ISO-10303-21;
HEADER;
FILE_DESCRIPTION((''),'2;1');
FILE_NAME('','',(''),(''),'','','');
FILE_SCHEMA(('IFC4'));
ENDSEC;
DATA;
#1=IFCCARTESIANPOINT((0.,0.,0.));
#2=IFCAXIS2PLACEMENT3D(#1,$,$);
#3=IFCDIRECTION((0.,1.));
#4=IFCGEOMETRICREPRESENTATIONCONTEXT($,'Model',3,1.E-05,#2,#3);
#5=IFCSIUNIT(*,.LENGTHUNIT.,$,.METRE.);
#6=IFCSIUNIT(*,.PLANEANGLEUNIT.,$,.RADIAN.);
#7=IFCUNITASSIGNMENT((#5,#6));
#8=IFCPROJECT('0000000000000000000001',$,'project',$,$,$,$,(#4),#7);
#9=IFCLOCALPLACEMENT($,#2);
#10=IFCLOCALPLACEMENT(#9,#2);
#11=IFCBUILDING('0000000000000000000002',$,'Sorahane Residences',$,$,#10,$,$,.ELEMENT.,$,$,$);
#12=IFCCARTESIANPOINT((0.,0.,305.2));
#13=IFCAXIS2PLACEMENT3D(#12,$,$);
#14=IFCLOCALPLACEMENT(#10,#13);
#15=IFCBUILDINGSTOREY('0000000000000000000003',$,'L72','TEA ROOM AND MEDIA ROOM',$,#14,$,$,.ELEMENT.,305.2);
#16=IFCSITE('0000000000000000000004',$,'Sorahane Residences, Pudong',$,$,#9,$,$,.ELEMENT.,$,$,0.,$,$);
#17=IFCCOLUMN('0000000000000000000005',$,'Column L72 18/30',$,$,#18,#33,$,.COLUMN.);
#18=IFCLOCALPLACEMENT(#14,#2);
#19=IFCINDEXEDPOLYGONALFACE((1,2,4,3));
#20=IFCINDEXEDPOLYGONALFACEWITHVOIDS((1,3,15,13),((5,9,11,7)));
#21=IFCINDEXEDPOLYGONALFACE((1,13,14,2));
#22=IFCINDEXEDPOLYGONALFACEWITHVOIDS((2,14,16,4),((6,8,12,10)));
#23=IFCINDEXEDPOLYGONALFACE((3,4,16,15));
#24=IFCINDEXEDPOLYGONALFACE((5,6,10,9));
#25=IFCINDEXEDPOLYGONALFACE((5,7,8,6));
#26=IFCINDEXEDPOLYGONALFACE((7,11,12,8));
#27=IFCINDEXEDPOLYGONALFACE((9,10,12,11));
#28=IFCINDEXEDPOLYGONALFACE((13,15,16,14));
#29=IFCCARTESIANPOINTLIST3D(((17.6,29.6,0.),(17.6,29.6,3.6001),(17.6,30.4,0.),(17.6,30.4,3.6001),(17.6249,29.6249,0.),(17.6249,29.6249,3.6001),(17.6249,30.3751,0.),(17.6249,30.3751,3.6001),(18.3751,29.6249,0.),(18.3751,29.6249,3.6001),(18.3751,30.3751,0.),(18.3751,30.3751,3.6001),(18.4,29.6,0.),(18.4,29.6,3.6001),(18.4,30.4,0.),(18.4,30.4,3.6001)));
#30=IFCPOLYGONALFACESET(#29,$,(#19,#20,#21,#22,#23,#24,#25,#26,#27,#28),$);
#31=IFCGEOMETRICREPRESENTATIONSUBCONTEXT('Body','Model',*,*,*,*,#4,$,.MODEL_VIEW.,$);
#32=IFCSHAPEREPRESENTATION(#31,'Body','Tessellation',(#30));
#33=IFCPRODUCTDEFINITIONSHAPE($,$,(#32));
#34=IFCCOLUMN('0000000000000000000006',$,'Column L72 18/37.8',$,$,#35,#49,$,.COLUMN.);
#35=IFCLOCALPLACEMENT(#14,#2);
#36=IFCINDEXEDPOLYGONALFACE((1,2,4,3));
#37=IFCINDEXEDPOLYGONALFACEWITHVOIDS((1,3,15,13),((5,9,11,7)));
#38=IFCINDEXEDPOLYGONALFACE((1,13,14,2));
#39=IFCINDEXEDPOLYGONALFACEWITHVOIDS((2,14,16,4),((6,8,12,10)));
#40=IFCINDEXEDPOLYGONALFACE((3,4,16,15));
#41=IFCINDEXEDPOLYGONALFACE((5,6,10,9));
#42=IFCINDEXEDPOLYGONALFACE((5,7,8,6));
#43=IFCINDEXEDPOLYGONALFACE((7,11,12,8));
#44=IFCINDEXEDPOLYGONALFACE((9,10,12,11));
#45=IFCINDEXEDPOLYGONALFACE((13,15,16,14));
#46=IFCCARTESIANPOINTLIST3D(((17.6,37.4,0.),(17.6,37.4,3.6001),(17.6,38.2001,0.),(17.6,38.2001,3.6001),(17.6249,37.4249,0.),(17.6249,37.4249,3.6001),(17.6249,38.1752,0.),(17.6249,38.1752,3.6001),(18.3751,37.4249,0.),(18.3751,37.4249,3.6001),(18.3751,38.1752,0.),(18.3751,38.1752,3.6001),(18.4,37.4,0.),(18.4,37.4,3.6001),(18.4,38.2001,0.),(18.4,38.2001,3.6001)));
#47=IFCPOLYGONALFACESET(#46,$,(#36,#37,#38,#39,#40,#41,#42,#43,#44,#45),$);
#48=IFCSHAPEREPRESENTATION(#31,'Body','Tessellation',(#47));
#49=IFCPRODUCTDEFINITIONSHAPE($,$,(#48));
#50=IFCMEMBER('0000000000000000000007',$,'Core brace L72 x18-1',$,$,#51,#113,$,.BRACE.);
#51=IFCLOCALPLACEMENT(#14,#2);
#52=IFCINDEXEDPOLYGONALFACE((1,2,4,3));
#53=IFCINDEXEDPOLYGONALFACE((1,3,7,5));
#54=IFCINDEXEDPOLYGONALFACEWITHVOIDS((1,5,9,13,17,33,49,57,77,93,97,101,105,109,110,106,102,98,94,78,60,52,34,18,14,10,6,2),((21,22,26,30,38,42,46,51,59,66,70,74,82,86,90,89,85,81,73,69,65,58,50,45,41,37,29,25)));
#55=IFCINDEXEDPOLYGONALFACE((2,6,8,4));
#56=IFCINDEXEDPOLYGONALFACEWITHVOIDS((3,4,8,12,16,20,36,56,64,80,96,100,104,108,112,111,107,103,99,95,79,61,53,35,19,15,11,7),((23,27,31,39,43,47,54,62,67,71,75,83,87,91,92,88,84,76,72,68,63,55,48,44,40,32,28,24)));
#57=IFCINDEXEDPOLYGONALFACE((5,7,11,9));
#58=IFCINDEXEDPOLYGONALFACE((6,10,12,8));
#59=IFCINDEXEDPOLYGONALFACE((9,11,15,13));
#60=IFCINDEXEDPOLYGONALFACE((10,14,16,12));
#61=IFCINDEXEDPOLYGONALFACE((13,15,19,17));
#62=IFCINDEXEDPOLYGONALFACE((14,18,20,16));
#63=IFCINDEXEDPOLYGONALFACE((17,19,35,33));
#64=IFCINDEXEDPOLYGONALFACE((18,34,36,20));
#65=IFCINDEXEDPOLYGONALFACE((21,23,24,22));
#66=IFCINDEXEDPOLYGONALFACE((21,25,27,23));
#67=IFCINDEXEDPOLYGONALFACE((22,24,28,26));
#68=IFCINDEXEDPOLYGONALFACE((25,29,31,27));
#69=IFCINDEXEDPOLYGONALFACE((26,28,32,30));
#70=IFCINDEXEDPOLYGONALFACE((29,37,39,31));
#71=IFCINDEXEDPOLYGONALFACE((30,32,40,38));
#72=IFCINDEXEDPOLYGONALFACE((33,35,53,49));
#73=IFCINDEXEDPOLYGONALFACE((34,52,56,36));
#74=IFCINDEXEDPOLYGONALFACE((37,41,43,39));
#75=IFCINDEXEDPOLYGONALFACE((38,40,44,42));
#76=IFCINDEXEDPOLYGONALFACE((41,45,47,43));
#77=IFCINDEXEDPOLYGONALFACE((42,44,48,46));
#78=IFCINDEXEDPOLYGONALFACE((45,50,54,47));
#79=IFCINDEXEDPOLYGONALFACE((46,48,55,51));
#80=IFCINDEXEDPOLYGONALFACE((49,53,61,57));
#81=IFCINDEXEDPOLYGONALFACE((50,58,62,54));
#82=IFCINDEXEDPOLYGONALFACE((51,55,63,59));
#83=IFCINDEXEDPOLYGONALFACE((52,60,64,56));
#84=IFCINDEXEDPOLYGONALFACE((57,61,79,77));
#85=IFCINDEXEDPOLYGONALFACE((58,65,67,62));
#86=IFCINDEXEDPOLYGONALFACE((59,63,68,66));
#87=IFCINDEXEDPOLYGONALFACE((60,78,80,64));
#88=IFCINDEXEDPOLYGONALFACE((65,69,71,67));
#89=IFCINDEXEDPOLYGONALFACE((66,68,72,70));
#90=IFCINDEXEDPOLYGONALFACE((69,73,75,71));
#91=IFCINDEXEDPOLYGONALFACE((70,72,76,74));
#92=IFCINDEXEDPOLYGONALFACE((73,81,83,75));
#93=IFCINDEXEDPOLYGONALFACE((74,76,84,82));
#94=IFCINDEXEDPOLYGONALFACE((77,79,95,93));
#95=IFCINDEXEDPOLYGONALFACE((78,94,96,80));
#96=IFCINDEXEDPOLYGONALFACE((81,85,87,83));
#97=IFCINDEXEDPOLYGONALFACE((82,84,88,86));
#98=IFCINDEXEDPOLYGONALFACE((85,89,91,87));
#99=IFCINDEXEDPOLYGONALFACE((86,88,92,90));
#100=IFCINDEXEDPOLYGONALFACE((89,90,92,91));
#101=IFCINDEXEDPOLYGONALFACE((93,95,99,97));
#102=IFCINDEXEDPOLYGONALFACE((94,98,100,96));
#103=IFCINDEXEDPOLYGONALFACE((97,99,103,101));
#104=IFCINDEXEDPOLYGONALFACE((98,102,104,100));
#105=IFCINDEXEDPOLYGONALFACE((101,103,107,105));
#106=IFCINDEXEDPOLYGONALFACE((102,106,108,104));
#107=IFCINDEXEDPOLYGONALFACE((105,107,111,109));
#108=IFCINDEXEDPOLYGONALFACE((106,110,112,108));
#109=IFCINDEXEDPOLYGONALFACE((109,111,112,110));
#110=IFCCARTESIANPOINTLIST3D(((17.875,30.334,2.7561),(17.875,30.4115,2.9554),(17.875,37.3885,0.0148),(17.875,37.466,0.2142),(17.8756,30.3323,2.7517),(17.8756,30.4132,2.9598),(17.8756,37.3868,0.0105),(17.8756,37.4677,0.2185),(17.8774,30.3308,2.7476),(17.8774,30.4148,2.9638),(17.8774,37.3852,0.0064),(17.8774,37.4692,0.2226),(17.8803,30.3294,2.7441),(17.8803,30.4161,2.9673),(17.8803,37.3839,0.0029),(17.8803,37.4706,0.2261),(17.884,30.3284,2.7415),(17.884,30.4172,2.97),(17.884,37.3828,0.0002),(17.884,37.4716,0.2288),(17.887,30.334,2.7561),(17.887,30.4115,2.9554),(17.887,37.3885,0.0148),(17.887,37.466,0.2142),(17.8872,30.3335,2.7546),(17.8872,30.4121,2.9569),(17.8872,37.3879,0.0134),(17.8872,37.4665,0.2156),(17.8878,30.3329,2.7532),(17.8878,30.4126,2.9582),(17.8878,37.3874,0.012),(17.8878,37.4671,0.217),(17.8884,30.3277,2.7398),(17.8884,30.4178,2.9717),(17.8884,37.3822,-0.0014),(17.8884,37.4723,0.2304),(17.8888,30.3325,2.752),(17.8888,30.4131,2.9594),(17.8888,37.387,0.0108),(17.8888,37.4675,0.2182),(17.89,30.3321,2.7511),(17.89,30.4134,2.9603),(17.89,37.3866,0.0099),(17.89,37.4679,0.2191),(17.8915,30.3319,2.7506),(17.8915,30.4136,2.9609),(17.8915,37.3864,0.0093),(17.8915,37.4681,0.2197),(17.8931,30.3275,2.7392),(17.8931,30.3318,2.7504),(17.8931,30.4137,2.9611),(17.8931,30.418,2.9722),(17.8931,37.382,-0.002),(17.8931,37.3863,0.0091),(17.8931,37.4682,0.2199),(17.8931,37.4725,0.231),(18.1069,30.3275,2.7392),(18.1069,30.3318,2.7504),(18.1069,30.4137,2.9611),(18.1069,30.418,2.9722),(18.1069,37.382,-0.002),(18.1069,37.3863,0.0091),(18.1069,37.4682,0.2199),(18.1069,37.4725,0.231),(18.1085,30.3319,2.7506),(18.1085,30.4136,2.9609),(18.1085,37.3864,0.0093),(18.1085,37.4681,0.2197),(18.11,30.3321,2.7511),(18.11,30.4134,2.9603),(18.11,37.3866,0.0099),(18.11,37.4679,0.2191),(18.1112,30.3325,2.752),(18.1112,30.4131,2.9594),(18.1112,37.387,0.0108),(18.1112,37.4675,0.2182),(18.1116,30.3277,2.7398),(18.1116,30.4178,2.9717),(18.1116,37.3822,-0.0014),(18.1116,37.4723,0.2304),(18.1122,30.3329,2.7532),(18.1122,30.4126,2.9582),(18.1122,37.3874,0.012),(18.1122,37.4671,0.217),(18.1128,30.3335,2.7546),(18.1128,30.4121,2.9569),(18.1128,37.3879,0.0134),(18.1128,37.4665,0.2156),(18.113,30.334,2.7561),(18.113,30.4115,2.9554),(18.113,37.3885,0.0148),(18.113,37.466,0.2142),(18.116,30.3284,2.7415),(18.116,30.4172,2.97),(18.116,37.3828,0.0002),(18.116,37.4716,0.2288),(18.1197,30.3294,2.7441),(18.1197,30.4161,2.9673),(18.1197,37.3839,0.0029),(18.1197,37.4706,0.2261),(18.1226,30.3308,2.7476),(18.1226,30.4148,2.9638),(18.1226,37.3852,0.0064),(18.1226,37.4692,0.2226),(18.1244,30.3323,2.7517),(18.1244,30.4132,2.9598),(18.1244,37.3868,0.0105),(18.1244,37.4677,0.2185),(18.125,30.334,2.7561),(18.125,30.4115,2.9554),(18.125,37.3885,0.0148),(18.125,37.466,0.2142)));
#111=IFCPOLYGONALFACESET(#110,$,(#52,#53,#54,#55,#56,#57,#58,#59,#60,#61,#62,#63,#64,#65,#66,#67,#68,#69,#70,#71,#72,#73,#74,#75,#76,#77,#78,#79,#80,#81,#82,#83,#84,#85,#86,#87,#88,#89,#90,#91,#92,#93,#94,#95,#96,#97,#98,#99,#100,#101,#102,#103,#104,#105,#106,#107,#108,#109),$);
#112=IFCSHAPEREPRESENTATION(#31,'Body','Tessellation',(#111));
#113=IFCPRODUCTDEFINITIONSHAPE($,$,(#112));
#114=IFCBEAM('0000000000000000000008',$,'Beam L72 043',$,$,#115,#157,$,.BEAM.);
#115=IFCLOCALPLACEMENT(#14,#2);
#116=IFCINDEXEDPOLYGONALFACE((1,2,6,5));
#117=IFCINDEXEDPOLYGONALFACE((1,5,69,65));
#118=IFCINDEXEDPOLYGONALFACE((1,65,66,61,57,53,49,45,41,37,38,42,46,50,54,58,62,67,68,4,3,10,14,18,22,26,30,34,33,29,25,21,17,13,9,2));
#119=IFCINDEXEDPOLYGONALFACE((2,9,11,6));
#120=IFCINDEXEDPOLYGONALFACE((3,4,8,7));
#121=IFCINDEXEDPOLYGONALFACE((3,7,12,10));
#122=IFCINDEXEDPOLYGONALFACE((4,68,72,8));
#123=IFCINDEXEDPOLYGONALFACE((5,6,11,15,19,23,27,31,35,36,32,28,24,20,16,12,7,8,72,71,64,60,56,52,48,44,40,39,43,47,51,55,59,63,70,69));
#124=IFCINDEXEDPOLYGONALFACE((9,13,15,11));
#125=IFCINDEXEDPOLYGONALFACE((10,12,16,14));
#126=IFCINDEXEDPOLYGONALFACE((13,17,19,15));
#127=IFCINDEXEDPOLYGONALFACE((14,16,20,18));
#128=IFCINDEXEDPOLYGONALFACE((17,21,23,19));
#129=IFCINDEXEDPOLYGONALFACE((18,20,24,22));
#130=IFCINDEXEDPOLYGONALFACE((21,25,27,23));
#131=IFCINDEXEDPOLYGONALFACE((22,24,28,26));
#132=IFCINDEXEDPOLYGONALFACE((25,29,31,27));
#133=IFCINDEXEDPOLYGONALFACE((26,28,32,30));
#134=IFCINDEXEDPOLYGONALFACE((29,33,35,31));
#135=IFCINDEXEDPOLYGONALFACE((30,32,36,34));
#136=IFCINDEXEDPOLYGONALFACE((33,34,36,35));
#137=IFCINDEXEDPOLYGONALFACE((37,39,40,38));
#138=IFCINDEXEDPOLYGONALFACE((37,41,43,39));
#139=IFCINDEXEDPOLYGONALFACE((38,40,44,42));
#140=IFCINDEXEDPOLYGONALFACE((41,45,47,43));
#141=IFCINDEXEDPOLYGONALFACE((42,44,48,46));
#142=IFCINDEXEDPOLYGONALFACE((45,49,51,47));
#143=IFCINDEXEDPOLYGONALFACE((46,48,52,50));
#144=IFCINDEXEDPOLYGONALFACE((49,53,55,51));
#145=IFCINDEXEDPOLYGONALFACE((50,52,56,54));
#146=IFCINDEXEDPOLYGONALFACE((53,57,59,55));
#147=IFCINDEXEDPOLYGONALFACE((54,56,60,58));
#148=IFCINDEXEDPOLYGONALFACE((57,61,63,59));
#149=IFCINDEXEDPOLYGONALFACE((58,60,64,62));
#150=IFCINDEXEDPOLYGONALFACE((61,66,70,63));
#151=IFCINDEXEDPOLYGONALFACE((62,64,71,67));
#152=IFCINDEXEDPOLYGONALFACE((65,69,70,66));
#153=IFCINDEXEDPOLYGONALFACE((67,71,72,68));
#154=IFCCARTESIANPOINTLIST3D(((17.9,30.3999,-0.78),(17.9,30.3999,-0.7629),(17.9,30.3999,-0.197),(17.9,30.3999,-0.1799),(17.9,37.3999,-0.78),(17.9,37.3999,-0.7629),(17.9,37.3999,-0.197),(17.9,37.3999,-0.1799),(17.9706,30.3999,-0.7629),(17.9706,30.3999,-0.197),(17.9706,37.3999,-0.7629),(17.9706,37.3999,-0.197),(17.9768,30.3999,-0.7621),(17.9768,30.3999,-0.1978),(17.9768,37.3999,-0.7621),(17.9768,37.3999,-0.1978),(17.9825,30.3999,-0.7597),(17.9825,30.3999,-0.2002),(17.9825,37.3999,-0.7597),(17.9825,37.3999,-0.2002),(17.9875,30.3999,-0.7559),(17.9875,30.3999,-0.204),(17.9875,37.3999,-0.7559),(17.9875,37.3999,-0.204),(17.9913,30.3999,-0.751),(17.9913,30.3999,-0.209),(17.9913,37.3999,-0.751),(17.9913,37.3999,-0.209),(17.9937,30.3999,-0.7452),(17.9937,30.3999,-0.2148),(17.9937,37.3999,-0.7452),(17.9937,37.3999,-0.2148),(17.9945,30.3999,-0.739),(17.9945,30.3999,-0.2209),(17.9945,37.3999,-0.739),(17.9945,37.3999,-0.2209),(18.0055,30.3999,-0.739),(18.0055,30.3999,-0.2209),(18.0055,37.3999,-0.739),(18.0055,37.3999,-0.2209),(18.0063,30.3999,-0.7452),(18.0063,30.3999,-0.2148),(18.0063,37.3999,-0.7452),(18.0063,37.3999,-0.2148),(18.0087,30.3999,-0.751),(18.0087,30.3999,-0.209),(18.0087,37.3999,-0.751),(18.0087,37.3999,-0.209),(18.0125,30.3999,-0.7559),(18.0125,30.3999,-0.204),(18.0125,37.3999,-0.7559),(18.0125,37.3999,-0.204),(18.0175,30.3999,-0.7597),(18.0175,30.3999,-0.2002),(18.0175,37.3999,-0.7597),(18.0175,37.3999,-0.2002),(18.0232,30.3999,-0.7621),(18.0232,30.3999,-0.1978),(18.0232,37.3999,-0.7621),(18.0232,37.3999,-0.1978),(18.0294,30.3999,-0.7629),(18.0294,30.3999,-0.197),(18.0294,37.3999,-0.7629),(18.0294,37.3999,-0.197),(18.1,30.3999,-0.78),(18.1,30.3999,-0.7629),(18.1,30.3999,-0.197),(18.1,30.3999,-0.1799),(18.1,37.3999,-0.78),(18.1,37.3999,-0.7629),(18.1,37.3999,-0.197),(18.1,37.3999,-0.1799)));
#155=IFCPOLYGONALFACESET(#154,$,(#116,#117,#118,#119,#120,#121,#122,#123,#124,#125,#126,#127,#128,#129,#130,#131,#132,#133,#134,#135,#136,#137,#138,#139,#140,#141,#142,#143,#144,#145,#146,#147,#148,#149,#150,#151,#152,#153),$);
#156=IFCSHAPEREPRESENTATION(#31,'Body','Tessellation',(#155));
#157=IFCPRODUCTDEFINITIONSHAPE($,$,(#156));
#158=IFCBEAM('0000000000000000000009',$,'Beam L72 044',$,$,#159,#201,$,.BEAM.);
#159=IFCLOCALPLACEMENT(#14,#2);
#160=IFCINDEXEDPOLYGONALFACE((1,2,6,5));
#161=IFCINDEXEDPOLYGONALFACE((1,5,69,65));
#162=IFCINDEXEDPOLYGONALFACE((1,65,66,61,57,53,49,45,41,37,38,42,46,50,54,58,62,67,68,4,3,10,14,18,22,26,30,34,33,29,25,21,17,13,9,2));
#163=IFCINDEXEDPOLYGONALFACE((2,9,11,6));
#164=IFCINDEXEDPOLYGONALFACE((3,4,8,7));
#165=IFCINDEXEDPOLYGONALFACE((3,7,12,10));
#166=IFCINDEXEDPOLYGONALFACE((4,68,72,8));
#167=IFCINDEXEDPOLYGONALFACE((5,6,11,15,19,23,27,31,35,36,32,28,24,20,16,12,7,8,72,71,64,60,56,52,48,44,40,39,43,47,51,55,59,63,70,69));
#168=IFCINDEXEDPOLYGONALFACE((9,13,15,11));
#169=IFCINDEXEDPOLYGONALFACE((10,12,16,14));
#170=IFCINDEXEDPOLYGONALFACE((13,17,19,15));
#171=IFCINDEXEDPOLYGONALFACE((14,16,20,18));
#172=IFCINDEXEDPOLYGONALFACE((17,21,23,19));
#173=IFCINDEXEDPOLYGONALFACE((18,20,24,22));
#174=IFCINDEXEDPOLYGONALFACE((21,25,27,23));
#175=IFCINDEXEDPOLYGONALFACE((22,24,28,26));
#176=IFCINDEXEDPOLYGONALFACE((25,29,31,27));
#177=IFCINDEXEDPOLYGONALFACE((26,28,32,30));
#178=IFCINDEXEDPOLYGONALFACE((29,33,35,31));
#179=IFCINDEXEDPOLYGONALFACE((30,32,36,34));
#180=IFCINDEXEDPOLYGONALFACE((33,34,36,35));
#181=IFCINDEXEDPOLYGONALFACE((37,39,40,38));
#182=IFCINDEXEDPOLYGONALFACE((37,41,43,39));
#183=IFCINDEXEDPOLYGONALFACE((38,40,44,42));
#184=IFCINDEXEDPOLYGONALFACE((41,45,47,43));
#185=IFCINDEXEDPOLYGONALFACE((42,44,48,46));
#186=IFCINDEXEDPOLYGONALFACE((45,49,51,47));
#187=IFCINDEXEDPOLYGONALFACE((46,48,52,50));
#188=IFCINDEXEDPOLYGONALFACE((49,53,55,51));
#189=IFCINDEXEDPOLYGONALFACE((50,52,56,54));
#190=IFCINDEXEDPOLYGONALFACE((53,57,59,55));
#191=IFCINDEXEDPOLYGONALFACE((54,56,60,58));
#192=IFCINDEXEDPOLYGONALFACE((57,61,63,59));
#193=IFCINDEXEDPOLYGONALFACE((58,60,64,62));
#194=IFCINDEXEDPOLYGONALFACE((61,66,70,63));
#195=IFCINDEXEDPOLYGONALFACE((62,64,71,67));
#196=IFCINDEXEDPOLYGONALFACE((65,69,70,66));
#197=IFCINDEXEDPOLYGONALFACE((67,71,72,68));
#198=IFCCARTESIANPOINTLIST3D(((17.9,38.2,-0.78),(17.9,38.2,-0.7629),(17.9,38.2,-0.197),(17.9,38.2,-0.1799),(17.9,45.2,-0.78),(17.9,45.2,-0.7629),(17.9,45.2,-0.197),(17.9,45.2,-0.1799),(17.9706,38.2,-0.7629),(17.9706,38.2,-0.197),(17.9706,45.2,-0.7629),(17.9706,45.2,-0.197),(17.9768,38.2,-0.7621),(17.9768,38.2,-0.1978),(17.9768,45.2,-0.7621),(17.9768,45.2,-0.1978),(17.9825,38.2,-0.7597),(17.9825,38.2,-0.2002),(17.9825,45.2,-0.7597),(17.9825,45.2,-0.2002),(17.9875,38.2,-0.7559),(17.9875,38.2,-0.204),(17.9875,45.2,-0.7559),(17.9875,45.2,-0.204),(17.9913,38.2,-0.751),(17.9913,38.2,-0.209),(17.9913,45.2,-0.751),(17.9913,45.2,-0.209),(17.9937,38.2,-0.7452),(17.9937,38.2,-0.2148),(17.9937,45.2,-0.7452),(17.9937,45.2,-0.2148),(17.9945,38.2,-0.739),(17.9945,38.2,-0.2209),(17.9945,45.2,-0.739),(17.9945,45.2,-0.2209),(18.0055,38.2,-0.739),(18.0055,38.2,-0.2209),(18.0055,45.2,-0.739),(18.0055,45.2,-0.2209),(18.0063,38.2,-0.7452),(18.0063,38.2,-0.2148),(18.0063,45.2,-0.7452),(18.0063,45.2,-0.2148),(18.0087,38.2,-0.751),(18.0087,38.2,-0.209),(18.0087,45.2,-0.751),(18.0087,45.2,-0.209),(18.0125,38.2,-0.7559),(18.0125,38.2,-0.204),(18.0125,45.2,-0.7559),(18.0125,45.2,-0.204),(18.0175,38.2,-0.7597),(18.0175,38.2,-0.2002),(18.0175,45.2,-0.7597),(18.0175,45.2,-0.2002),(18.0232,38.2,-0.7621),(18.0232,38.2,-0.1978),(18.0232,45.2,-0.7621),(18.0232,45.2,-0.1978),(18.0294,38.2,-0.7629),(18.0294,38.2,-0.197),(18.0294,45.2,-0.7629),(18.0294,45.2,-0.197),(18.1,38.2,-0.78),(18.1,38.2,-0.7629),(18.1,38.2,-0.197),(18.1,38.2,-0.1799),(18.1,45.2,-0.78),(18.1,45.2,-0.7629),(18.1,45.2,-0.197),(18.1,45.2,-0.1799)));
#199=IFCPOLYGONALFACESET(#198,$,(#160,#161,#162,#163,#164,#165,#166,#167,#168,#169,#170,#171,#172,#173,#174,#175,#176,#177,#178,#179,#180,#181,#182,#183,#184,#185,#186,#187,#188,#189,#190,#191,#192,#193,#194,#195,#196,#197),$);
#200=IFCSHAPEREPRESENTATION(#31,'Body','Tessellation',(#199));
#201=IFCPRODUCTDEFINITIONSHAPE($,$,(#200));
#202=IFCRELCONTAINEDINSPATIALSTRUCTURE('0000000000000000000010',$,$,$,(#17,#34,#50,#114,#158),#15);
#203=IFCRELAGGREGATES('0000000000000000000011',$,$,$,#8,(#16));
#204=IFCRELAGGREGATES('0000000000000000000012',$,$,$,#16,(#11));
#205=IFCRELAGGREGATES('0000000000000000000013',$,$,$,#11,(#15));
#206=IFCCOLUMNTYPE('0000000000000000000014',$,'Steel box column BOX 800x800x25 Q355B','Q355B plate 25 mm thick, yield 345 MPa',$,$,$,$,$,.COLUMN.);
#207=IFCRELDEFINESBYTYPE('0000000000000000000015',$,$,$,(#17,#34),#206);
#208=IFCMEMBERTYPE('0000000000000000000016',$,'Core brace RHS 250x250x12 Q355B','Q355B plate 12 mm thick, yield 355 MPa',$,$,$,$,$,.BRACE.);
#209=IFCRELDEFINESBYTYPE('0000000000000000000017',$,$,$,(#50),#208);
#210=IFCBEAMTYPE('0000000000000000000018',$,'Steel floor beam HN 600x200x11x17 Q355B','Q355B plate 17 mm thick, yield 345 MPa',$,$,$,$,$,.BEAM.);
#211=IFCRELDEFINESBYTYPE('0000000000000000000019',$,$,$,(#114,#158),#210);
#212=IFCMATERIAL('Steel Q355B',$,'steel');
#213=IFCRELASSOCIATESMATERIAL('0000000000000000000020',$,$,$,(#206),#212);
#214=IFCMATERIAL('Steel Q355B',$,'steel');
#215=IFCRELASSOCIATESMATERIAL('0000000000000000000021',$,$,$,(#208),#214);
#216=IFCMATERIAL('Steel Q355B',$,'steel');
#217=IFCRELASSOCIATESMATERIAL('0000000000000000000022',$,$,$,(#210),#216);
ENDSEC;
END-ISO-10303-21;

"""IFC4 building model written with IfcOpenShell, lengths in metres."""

from ifc_helpers import new_model, si_unit, direction, frame, origin, origin_2d, place, context, subcontext, project, spatial, hollow_rectangle, i_section, extrude, material, material_profile, profile_set, type_object, element, save


model = new_model("IFC4")

# Units and contexts
model_context = context("Model", 3, precision=1e-05, world=origin(), true_north=direction((0.0, 1.0)))
body_context = subcontext(model_context, "Body", "Model", "MODEL_VIEW")
ifc_project = project(units=[si_unit("LENGTHUNIT", "METRE"), si_unit("PLANEANGLEUNIT", "RADIAN")], contexts=[model_context])

# Site, building, storey
site_placement = place(None, origin())
site = spatial("IfcSite", under=ifc_project, at=site_placement, Name="Sorahane Residences, Pudong", CompositionType="ELEMENT", RefElevation=0.0)
building_placement = place(site_placement, origin())
building = spatial("IfcBuilding", under=site, at=building_placement, Name="Sorahane Residences", CompositionType="ELEMENT")
storey_placement = place(building_placement, frame((0.0, 0.0, 305.2)))
storey = spatial("IfcBuildingStorey", under=building, at=storey_placement, Name="L72", Description="TEA ROOM AND MEDIA ROOM", CompositionType="ELEMENT", Elevation=305.2)

# Columns
ifc_material_1 = material(Name="Steel Q355B", Category="steel")
ifc_material_profile_1 = material_profile(ifc_material_1, hollow_rectangle(XDim=0.8, YDim=0.8, WallThickness=0.0249, at=origin_2d()), Name="BOX 800x800x25")
ifc_profile_set_1 = profile_set([ifc_material_profile_1], Name="Steel Q355B")
column_type = type_object("IfcColumnType", Name="Steel box column BOX 800x800x25 Q355B", Description="Q355B plate 25 mm thick, yield 345 MPa", PredefinedType="COLUMN", material=ifc_profile_set_1)
for number, where, z_axis, x_axis, name in (
    (1, (18.0, 30.0, 0.0), (0.0, 0.0, 1.0), (1.0, 0.0, 0.0), "Column L72 18/30"),
    (2, (18.0, 37.8, 0.0), (0.0, 0.0, 1.0), (1.0, 0.0, 0.0), "Column L72 18/37.8"),
):
    element("IfcColumn", number, at=place(storey_placement, frame(where, z_axis=z_axis, x_axis=x_axis)), inside=storey, type_object=column_type, Name=name, PredefinedType="COLUMN", context=body_context, shape_type="SweptSolid", body=[
        extrude(hollow_rectangle(XDim=0.8, YDim=0.8, WallThickness=0.0249, at=origin_2d()), origin(), (0.0, 0.0, 1.0), 3.6001),
    ])

# Member
ifc_material_2 = material(Name="Steel Q355B", Category="steel")
ifc_material_profile_2 = material_profile(ifc_material_2, hollow_rectangle(XDim=0.25, YDim=0.25, WallThickness=0.012, InnerFilletRadius=0.0061, OuterFilletRadius=0.0181, at=origin_2d()), Name="RHS 250x250x12")
ifc_profile_set_2 = profile_set([ifc_material_profile_2], Name="Steel Q355B")
member_type = type_object("IfcMemberType", Name="Core brace RHS 250x250x12 Q355B", Description="Q355B plate 12 mm thick, yield 355 MPa", PredefinedType="BRACE", material=ifc_profile_set_2)
member_placement = place(storey_placement, frame((18.0, 37.4272, 0.1145), z_axis=(0.0, -0.932102, 0.362196), x_axis=(1.0, 0.0, 0.0)))
element("IfcMember", 3, at=member_placement, inside=storey, type_object=member_type, Name="Core brace L72 x18-1", PredefinedType="BRACE", context=body_context, shape_type="SweptSolid", body=[
    extrude(hollow_rectangle(XDim=0.25, YDim=0.25, WallThickness=0.012, InnerFilletRadius=0.0061, OuterFilletRadius=0.0181, at=origin_2d()), origin(), (0.0, 0.0, 1.0), 7.5684),
])

# Beams
ifc_material_3 = material(Name="Steel Q355B", Category="steel")
ifc_material_profile_3 = material_profile(ifc_material_3, i_section(OverallWidth=0.2, OverallDepth=0.6001, WebThickness=0.011, FlangeThickness=0.0171, FilletRadius=0.0239, at=origin_2d()), Name="HN 600x200x11x17")
ifc_profile_set_3 = profile_set([ifc_material_profile_3], Name="Steel Q355B")
beam_type = type_object("IfcBeamType", Name="Steel floor beam HN 600x200x11x17 Q355B", Description="Q355B plate 17 mm thick, yield 345 MPa", PredefinedType="BEAM", material=ifc_profile_set_3)
for number, where, z_axis, x_axis, name in (
    (4, (18.0, 30.3999, -0.48), (0.0, 1.0, 0.0), (-1.0, 0.0, 0.0), "Beam L72 043"),
    (5, (18.0, 38.2, -0.48), (0.0, 1.0, 0.0), (-1.0, 0.0, 0.0), "Beam L72 044"),
):
    element("IfcBeam", number, at=place(storey_placement, frame(where, z_axis=z_axis, x_axis=x_axis)), inside=storey, type_object=beam_type, Name=name, PredefinedType="BEAM", context=body_context, shape_type="SweptSolid", body=[
        extrude(i_section(OverallWidth=0.2, OverallDepth=0.6001, WebThickness=0.011, FlangeThickness=0.0171, FilletRadius=0.0239, at=origin_2d()), origin(), (0.0, 0.0, 1.0), 7.0),
    ])

save(model, "model.ifc")
